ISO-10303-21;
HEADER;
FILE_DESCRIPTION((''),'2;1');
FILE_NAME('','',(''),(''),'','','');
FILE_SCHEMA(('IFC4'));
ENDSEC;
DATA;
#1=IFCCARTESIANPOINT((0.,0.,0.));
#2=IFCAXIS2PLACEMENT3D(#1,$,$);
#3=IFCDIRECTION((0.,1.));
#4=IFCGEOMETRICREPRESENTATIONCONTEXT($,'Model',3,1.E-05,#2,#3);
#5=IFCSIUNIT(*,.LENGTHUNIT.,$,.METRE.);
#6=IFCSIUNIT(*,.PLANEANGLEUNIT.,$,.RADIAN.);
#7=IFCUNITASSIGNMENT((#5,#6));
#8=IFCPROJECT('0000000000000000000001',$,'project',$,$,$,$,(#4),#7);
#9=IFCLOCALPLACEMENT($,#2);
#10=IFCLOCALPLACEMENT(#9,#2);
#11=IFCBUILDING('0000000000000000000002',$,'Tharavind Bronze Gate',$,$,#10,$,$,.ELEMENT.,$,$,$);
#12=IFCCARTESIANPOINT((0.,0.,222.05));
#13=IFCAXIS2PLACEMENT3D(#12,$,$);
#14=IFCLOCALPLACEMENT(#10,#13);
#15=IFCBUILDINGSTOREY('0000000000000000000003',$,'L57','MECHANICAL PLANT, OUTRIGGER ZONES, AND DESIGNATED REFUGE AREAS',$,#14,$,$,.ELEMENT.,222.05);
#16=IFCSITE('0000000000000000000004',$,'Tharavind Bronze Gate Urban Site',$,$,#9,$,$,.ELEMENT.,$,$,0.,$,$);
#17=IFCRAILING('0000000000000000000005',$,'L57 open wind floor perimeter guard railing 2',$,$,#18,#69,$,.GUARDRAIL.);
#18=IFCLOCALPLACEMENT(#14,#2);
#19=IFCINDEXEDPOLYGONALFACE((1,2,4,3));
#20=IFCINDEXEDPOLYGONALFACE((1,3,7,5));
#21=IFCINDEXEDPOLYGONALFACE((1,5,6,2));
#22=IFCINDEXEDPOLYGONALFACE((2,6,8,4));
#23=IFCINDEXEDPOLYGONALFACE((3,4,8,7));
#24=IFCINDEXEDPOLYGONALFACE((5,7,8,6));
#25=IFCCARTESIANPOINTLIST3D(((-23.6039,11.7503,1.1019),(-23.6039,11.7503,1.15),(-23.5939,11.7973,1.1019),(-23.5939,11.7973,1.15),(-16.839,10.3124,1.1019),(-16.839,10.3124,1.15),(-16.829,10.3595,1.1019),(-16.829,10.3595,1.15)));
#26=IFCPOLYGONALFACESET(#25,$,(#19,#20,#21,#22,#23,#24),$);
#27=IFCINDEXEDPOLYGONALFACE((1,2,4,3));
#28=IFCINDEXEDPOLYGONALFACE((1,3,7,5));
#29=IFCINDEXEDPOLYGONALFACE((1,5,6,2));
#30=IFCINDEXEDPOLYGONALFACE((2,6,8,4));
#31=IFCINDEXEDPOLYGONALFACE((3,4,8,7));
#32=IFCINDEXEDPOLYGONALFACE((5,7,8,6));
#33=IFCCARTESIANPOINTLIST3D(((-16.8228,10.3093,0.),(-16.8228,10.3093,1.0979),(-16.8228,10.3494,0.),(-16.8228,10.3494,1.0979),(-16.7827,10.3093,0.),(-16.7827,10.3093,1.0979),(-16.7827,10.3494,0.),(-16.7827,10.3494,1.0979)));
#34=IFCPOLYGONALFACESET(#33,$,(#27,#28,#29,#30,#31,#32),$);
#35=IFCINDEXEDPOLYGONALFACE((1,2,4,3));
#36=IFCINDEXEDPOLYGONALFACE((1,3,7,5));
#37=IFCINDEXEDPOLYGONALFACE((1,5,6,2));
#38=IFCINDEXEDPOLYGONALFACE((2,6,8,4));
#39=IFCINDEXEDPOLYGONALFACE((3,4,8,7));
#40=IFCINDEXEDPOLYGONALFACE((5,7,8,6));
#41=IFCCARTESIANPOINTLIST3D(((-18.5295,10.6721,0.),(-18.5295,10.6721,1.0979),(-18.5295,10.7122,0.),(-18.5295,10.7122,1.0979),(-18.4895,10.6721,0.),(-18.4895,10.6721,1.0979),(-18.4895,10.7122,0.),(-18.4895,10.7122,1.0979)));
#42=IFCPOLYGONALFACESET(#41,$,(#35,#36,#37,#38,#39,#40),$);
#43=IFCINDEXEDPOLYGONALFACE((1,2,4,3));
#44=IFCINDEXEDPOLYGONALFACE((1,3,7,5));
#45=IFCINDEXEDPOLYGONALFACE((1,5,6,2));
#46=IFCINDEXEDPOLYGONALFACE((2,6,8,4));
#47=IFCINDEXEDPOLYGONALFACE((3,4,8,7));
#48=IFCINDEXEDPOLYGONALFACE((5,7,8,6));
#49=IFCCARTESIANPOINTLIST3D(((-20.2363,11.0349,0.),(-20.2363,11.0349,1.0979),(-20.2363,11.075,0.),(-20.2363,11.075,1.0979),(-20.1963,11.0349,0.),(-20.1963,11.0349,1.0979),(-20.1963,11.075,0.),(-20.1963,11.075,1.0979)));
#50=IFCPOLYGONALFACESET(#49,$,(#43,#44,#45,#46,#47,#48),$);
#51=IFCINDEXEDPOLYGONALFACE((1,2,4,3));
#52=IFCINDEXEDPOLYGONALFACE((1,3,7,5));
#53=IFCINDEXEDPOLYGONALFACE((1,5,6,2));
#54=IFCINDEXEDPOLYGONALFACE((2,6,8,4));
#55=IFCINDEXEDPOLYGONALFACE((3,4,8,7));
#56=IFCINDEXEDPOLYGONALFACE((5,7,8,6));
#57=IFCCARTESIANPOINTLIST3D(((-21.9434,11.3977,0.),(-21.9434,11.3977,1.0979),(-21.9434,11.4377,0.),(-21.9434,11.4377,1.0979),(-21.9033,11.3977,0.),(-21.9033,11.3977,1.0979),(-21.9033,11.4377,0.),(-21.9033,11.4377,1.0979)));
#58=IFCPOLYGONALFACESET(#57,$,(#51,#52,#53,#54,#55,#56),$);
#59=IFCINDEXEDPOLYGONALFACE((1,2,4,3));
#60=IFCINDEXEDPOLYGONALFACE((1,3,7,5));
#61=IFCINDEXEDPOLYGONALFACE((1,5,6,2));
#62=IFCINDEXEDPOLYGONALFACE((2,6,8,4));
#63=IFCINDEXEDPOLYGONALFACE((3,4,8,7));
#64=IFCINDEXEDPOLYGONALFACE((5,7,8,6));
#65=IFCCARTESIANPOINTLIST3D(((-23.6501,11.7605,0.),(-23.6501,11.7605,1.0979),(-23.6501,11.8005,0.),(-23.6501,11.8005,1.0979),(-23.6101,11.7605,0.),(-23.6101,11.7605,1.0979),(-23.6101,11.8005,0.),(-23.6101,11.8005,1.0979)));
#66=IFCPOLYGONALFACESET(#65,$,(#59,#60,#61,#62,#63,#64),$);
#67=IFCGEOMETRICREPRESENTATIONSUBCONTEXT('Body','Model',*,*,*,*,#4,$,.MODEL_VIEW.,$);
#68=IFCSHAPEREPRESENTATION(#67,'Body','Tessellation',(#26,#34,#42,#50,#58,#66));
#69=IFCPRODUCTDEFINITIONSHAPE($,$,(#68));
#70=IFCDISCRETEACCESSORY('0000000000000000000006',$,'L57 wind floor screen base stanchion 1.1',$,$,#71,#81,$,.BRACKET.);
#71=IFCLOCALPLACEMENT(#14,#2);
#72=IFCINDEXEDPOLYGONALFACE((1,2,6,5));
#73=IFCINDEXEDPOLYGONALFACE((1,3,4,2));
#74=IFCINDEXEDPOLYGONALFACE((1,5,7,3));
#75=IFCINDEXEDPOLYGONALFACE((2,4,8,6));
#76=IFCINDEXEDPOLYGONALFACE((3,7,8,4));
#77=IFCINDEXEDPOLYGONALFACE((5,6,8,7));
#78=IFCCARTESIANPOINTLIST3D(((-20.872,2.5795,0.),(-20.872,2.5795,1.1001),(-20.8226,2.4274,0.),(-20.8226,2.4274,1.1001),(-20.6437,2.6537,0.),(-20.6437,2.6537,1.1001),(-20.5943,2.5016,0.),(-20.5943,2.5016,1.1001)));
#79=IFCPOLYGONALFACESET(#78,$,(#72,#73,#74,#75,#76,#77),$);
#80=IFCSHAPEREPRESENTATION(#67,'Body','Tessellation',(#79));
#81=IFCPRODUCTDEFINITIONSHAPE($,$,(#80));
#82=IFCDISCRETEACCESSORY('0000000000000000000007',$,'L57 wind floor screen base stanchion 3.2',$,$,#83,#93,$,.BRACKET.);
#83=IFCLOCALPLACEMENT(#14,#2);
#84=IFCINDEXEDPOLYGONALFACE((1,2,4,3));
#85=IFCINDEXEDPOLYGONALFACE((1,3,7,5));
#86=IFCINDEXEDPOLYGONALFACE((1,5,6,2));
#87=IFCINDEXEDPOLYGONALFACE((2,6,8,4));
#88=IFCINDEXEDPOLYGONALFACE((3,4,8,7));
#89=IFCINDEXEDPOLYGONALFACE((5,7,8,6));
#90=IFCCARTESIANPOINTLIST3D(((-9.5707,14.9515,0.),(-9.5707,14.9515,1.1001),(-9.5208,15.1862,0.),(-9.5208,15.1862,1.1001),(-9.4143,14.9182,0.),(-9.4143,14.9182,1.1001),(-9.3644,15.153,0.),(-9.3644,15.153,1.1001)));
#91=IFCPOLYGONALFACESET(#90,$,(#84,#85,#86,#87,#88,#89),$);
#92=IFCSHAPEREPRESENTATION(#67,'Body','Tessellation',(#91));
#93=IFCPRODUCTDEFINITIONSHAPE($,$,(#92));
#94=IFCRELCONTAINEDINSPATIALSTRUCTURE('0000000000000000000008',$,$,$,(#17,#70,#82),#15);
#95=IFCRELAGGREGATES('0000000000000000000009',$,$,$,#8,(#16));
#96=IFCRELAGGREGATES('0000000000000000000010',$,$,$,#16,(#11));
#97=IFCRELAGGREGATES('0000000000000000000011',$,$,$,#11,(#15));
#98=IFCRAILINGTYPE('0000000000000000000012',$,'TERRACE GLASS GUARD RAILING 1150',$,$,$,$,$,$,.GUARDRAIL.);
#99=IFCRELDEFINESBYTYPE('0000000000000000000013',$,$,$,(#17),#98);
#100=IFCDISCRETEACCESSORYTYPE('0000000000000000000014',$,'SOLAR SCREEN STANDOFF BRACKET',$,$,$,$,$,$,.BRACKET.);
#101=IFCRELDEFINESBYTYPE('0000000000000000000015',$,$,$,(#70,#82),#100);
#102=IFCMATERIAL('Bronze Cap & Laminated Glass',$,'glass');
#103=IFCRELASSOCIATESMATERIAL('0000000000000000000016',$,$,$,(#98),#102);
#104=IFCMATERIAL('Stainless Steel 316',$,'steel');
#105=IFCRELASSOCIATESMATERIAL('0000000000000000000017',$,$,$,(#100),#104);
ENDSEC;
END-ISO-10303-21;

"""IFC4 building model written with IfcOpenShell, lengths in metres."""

from ifc_helpers import new_model, si_unit, direction, frame, origin, origin_2d, place, context, subcontext, project, spatial, rectangle, extrude, material, type_object, element, save


model = new_model("IFC4")

# Units and contexts
model_context = context("Model", 3, precision=1e-05, world=origin(), true_north=direction((0.0, 1.0)))
body_context = subcontext(model_context, "Body", "Model", "MODEL_VIEW")
ifc_project = project(units=[si_unit("LENGTHUNIT", "METRE"), si_unit("PLANEANGLEUNIT", "RADIAN")], contexts=[model_context])

# Site, building, storey
site_placement = place(None, origin())
site = spatial("IfcSite", under=ifc_project, at=site_placement, Name="Tharavind Bronze Gate Urban Site", CompositionType="ELEMENT", RefElevation=0.0)
building_placement = place(site_placement, origin())
building = spatial("IfcBuilding", under=site, at=building_placement, Name="Tharavind Bronze Gate", CompositionType="ELEMENT")
storey_placement = place(building_placement, frame((0.0, 0.0, 222.05)))
storey = spatial("IfcBuildingStorey", under=building, at=storey_placement, Name="L57", Description="MECHANICAL PLANT, OUTRIGGER ZONES, AND DESIGNATED REFUGE AREAS", CompositionType="ELEMENT", Elevation=222.05)

# Railing
ifc_material_1 = material(Name="Bronze Cap & Laminated Glass", Category="glass")
railing_type_1 = type_object("IfcRailingType", Name="TERRACE GLASS GUARD RAILING 1150", PredefinedType="GUARDRAIL", material=ifc_material_1)
railing_1_placement = place(storey_placement, frame((-16.8027, 10.3293, 0.0)))
element("IfcRailing", 1, at=railing_1_placement, inside=storey, type_object=railing_type_1, Name="L57 open wind floor perimeter guard railing 2", PredefinedType="GUARDRAIL", context=body_context, shape_type="SweptSolid", body=[
    extrude(rectangle(XDim=0.0481, YDim=0.0481, at=origin_2d()), frame((-0.0312, 0.0066, 1.126), z_axis=(-0.978149, 0.207907, 0.0), x_axis=(-0.207907, -0.978149, 0.0)), (0.0, 0.0, 1.0), 6.916),
    extrude(rectangle(XDim=0.04, YDim=0.04, at=origin_2d()), origin(), (0.0, 0.0, 1.0), 1.0979),
    extrude(rectangle(XDim=0.04, YDim=0.04, at=origin_2d()), frame((-1.7068, 0.3628, 0.0)), (0.0, 0.0, 1.0), 1.0979),
    extrude(rectangle(XDim=0.04, YDim=0.04, at=origin_2d()), frame((-3.4136, 0.7256, 0.0)), (0.0, 0.0, 1.0), 1.0979),
    extrude(rectangle(XDim=0.04, YDim=0.04, at=origin_2d()), frame((-5.1206, 1.0884, 0.0)), (0.0, 0.0, 1.0), 1.0979),
    extrude(rectangle(XDim=0.04, YDim=0.04, at=origin_2d()), frame((-6.8274, 1.4512, 0.0)), (0.0, 0.0, 1.0), 1.0979),
])

# Discrete accessories
ifc_material_2 = material(Name="Stainless Steel 316", Category="steel")
discrete_accessory_type = type_object("IfcDiscreteAccessoryType", Name="SOLAR SCREEN STANDOFF BRACKET", PredefinedType="BRACKET", material=ifc_material_2)
for number, where, z_axis, x_axis, name in (
    (2, (-20.7332, 2.5405, 0.0), (0.0, 0.0, 1.0), (0.309017, -0.951057, 0.0), "L57 wind floor screen base stanchion 1.1"),
    (3, (-9.4675, 15.0522, 0.0), (0.0, 0.0, 1.0), (-0.978148, 0.207912, 0.0), "L57 wind floor screen base stanchion 3.2"),
):
    element("IfcDiscreteAccessory", number, at=place(storey_placement, frame(where, z_axis=z_axis, x_axis=x_axis)), inside=storey, type_object=discrete_accessory_type, Name=name, PredefinedType="BRACKET", context=body_context, shape_type="SweptSolid", body=[
        extrude(rectangle(XDim=0.1599, YDim=0.24, at=origin_2d()), origin(), (0.0, 0.0, 1.0), 1.1001),
    ])

save(model, "model.ifc")
